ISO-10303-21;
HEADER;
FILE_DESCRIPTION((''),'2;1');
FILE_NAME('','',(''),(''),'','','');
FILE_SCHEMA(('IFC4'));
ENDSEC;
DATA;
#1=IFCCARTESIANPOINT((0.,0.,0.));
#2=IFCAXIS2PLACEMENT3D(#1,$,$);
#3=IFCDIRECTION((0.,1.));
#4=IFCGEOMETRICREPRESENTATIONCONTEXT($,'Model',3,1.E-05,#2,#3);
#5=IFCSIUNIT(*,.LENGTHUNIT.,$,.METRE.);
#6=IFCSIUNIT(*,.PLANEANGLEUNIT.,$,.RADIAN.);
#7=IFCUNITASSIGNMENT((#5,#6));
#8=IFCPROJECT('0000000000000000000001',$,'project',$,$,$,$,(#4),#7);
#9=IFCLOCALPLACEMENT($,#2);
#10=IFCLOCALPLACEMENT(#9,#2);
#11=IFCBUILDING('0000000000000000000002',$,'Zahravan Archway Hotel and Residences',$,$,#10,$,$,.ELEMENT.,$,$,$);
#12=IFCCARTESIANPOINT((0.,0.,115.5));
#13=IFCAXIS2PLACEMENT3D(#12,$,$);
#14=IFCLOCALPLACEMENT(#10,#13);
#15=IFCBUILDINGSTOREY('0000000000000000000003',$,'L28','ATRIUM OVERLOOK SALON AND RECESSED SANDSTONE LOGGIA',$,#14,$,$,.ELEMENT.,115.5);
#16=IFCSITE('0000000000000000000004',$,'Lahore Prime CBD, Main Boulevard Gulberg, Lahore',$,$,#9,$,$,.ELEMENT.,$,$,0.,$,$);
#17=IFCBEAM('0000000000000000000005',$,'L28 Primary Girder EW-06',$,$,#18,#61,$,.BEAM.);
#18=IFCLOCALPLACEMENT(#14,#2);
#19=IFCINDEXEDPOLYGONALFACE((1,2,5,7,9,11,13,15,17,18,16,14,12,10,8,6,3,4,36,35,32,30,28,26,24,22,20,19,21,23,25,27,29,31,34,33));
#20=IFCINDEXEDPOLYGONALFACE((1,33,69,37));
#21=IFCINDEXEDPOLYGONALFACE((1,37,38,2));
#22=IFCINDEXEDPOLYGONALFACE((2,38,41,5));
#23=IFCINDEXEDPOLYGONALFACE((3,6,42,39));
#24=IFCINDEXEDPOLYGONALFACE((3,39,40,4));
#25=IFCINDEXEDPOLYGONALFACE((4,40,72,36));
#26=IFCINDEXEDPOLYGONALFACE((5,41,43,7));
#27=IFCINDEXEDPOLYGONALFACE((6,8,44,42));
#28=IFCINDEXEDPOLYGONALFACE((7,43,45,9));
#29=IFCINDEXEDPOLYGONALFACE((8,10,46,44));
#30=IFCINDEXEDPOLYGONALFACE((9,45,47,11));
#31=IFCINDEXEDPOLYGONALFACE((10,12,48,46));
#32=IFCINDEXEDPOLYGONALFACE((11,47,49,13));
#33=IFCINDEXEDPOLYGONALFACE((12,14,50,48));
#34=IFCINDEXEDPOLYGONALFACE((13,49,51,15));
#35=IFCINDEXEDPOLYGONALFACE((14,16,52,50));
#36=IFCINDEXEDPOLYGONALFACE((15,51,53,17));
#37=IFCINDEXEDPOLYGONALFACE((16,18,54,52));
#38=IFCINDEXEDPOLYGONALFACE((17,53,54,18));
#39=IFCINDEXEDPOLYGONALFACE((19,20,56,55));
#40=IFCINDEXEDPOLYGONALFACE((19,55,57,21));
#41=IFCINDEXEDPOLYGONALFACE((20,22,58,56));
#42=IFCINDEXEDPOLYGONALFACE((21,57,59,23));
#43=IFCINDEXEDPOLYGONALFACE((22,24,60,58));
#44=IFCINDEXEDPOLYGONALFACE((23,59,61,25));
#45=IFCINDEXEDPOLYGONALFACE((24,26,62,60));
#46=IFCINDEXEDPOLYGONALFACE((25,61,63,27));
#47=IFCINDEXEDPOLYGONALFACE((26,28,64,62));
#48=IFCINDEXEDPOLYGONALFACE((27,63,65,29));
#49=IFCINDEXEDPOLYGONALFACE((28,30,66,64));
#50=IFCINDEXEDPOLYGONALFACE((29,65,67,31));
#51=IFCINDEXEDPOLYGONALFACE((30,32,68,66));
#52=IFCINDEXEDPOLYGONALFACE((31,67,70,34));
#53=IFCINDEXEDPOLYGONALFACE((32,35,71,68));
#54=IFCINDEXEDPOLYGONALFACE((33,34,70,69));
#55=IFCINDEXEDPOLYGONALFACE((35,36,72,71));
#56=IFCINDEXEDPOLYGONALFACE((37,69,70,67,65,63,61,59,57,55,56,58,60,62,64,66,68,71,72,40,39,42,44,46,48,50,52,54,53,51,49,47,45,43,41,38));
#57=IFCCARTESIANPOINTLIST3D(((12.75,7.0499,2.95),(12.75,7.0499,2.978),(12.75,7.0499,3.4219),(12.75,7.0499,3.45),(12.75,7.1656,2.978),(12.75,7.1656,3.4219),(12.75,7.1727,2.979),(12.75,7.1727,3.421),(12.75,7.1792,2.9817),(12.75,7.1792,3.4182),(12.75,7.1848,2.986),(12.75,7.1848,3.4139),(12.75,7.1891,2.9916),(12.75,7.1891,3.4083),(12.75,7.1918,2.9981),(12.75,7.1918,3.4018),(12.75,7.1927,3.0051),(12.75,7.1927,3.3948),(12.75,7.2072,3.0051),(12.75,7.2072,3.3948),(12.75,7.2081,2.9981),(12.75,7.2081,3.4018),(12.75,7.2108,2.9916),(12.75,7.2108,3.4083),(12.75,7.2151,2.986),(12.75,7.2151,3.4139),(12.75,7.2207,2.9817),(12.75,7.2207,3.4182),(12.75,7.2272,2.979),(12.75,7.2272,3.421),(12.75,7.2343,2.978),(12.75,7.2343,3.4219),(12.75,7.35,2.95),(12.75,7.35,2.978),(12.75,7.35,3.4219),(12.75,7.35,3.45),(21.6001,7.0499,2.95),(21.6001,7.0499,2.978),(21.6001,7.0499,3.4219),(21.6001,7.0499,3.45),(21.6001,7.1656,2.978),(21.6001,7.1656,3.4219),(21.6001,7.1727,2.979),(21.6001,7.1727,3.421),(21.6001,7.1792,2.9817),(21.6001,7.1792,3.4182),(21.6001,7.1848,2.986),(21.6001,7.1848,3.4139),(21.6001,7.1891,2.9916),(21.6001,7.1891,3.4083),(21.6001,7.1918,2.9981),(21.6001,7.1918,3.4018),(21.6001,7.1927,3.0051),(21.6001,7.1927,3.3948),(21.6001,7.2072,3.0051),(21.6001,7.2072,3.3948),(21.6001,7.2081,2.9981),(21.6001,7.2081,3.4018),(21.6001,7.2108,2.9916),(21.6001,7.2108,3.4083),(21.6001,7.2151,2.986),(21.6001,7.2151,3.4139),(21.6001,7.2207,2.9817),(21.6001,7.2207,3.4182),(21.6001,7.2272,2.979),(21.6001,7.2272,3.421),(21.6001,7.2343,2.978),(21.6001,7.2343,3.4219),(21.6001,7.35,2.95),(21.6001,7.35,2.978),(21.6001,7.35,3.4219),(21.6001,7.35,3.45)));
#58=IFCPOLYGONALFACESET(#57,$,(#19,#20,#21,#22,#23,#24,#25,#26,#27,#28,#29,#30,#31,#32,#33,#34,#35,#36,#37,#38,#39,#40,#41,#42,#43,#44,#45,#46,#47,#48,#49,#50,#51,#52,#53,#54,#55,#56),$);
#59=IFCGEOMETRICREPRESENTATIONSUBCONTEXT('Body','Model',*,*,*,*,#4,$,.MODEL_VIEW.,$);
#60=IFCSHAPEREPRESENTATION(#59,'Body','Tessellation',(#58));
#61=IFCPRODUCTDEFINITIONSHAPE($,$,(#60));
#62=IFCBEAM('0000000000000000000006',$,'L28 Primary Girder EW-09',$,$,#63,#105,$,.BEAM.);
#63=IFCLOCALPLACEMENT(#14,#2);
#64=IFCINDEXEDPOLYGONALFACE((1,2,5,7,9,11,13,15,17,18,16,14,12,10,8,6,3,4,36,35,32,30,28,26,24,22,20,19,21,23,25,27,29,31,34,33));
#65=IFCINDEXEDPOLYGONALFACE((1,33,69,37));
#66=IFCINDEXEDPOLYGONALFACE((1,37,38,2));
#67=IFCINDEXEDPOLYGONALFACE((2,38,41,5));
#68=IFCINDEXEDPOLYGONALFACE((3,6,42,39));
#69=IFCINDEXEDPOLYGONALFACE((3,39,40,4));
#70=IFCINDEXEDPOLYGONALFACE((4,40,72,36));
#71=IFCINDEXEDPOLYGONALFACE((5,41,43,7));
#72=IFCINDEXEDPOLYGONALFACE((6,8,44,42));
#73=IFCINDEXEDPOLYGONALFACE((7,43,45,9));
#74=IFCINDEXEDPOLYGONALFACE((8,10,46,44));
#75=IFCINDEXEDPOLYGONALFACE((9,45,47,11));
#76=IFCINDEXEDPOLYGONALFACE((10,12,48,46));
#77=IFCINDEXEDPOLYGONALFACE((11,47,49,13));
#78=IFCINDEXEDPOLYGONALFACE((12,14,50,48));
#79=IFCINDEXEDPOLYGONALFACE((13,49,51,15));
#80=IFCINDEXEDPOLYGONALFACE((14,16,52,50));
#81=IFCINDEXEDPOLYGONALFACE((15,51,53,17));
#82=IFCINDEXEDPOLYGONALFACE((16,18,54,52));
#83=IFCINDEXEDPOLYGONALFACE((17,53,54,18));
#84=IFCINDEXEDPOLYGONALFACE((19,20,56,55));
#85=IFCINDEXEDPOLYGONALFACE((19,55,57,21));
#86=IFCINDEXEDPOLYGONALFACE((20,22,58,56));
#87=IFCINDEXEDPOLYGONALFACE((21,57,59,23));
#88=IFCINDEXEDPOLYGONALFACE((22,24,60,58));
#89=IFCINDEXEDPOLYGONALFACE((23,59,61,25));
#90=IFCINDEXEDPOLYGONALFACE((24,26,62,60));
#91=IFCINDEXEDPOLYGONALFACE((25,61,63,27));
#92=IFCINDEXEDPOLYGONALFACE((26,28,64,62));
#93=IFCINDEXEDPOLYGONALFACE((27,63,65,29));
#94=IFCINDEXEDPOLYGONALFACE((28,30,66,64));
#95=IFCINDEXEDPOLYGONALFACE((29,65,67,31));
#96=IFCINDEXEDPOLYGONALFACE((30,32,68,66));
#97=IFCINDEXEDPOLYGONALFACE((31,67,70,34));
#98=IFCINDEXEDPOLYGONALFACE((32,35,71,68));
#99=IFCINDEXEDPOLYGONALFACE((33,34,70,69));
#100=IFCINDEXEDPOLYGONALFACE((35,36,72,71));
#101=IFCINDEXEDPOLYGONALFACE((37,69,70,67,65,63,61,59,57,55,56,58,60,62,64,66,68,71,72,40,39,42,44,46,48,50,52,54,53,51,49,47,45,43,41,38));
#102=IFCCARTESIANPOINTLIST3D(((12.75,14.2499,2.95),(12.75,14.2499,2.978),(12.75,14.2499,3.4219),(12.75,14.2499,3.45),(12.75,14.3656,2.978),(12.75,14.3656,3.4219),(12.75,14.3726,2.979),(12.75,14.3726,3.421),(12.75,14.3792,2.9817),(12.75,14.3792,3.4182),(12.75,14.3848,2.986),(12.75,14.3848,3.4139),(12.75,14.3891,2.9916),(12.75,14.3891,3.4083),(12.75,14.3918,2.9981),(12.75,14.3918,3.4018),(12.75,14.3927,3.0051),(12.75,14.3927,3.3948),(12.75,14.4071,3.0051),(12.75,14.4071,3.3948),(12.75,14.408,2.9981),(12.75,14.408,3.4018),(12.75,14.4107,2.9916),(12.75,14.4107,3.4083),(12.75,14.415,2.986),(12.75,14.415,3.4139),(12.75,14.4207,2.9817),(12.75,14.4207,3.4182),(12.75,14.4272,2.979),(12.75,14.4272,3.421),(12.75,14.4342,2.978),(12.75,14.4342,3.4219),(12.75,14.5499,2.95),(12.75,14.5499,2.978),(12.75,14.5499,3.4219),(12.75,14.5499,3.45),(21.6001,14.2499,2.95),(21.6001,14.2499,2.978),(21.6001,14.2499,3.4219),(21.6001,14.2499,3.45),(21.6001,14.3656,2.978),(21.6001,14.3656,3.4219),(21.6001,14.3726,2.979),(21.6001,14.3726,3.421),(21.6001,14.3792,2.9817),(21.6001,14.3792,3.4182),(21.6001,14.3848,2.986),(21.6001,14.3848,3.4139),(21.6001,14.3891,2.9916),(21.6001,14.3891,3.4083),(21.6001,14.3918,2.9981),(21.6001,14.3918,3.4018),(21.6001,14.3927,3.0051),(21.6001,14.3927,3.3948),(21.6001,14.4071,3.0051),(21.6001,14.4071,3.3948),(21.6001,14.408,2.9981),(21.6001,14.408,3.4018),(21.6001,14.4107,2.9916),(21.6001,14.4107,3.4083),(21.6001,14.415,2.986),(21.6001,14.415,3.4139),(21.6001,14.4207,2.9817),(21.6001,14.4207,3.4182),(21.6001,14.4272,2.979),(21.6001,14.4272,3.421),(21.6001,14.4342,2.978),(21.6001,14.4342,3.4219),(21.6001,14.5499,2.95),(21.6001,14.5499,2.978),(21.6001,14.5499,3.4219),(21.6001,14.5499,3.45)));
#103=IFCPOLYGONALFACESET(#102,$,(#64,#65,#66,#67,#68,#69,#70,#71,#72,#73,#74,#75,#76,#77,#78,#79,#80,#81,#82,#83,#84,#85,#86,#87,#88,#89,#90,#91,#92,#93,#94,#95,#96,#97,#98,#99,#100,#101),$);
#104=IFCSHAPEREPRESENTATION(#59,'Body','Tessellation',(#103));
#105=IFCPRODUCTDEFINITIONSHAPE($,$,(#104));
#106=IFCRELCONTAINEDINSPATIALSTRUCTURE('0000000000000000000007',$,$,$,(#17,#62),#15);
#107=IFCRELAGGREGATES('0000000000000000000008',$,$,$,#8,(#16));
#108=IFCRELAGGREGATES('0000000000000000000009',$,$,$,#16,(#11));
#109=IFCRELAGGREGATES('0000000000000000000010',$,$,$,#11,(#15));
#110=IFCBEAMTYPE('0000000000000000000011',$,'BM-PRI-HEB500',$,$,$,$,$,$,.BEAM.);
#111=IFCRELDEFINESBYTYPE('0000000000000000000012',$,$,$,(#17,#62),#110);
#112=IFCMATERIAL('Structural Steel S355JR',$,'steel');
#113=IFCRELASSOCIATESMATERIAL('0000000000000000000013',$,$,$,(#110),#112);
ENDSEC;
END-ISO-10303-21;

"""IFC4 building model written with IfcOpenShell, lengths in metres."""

from ifc_helpers import new_model, si_unit, direction, frame, origin, origin_2d, place, context, subcontext, project, spatial, i_section, extrude, source, transform, mapped, material, material_profile, profile_set, type_object, element, save


model = new_model("IFC4")

# Units and contexts
model_context = context("Model", 3, precision=1e-05, world=origin(), true_north=direction((0.0, 1.0)))
body_context = subcontext(model_context, "Body", "Model", "MODEL_VIEW")
ifc_project = project(units=[si_unit("LENGTHUNIT", "METRE"), si_unit("PLANEANGLEUNIT", "RADIAN")], contexts=[model_context])

# Site, building, storey
site_placement = place(None, origin())
site = spatial("IfcSite", under=ifc_project, at=site_placement, Name="Lahore Prime CBD, Main Boulevard Gulberg, Lahore", CompositionType="ELEMENT", RefElevation=0.0)
building_placement = place(site_placement, origin())
building = spatial("IfcBuilding", under=site, at=building_placement, Name="Zahravan Archway Hotel and Residences", CompositionType="ELEMENT")
storey_placement = place(building_placement, frame((0.0, 0.0, 115.5)))
storey = spatial("IfcBuildingStorey", under=building, at=storey_placement, Name="L28", Description="ATRIUM OVERLOOK SALON AND RECESSED SANDSTONE LOGGIA", CompositionType="ELEMENT", Elevation=115.5)

# Beams
ifc_material_1 = material(Name="Structural Steel S355JR", Category="steel")
ifc_material_profile_1 = material_profile(ifc_material_1, i_section(OverallWidth=0.3, OverallDepth=0.5, WebThickness=0.0144, FlangeThickness=0.0281, FilletRadius=0.0271, at=origin_2d()), Name="HEB 500", Category="steel")
ifc_profile_set_1 = profile_set([ifc_material_profile_1], Name="Structural Steel S355JR")
beam_type = type_object("IfcBeamType", Name="BM-PRI-HEB500", PredefinedType="BEAM", material=ifc_profile_set_1)
shared_shape_1 = source(origin(), body_context, "Body", "SweptSolid", [
    extrude(i_section(OverallWidth=0.3, OverallDepth=0.5, WebThickness=0.0144, FlangeThickness=0.0281, FilletRadius=0.0271, at=origin_2d()), origin(), (0.0, 0.0, 1.0), 8.8501),
])
for number, where, z_axis, x_axis, name in (
    (1, (12.75, 7.2, 3.2), (1.0, 0.0, 0.0), (0.0, 1.0, 0.0), "L28 Primary Girder EW-06"),
    (2, (12.75, 14.3999, 3.2), (1.0, 0.0, 0.0), (0.0, 1.0, 0.0), "L28 Primary Girder EW-09"),
):
    element("IfcBeam", number, at=place(storey_placement, frame(where, z_axis=z_axis, x_axis=x_axis)), inside=storey, type_object=beam_type, Name=name, PredefinedType="BEAM", context=body_context, shape_type="MappedRepresentation", body=[
        mapped(shared_shape_1, transform((0.0, 0.0, 0.0), scale=1.0)),
    ])

save(model, "model.ifc")
